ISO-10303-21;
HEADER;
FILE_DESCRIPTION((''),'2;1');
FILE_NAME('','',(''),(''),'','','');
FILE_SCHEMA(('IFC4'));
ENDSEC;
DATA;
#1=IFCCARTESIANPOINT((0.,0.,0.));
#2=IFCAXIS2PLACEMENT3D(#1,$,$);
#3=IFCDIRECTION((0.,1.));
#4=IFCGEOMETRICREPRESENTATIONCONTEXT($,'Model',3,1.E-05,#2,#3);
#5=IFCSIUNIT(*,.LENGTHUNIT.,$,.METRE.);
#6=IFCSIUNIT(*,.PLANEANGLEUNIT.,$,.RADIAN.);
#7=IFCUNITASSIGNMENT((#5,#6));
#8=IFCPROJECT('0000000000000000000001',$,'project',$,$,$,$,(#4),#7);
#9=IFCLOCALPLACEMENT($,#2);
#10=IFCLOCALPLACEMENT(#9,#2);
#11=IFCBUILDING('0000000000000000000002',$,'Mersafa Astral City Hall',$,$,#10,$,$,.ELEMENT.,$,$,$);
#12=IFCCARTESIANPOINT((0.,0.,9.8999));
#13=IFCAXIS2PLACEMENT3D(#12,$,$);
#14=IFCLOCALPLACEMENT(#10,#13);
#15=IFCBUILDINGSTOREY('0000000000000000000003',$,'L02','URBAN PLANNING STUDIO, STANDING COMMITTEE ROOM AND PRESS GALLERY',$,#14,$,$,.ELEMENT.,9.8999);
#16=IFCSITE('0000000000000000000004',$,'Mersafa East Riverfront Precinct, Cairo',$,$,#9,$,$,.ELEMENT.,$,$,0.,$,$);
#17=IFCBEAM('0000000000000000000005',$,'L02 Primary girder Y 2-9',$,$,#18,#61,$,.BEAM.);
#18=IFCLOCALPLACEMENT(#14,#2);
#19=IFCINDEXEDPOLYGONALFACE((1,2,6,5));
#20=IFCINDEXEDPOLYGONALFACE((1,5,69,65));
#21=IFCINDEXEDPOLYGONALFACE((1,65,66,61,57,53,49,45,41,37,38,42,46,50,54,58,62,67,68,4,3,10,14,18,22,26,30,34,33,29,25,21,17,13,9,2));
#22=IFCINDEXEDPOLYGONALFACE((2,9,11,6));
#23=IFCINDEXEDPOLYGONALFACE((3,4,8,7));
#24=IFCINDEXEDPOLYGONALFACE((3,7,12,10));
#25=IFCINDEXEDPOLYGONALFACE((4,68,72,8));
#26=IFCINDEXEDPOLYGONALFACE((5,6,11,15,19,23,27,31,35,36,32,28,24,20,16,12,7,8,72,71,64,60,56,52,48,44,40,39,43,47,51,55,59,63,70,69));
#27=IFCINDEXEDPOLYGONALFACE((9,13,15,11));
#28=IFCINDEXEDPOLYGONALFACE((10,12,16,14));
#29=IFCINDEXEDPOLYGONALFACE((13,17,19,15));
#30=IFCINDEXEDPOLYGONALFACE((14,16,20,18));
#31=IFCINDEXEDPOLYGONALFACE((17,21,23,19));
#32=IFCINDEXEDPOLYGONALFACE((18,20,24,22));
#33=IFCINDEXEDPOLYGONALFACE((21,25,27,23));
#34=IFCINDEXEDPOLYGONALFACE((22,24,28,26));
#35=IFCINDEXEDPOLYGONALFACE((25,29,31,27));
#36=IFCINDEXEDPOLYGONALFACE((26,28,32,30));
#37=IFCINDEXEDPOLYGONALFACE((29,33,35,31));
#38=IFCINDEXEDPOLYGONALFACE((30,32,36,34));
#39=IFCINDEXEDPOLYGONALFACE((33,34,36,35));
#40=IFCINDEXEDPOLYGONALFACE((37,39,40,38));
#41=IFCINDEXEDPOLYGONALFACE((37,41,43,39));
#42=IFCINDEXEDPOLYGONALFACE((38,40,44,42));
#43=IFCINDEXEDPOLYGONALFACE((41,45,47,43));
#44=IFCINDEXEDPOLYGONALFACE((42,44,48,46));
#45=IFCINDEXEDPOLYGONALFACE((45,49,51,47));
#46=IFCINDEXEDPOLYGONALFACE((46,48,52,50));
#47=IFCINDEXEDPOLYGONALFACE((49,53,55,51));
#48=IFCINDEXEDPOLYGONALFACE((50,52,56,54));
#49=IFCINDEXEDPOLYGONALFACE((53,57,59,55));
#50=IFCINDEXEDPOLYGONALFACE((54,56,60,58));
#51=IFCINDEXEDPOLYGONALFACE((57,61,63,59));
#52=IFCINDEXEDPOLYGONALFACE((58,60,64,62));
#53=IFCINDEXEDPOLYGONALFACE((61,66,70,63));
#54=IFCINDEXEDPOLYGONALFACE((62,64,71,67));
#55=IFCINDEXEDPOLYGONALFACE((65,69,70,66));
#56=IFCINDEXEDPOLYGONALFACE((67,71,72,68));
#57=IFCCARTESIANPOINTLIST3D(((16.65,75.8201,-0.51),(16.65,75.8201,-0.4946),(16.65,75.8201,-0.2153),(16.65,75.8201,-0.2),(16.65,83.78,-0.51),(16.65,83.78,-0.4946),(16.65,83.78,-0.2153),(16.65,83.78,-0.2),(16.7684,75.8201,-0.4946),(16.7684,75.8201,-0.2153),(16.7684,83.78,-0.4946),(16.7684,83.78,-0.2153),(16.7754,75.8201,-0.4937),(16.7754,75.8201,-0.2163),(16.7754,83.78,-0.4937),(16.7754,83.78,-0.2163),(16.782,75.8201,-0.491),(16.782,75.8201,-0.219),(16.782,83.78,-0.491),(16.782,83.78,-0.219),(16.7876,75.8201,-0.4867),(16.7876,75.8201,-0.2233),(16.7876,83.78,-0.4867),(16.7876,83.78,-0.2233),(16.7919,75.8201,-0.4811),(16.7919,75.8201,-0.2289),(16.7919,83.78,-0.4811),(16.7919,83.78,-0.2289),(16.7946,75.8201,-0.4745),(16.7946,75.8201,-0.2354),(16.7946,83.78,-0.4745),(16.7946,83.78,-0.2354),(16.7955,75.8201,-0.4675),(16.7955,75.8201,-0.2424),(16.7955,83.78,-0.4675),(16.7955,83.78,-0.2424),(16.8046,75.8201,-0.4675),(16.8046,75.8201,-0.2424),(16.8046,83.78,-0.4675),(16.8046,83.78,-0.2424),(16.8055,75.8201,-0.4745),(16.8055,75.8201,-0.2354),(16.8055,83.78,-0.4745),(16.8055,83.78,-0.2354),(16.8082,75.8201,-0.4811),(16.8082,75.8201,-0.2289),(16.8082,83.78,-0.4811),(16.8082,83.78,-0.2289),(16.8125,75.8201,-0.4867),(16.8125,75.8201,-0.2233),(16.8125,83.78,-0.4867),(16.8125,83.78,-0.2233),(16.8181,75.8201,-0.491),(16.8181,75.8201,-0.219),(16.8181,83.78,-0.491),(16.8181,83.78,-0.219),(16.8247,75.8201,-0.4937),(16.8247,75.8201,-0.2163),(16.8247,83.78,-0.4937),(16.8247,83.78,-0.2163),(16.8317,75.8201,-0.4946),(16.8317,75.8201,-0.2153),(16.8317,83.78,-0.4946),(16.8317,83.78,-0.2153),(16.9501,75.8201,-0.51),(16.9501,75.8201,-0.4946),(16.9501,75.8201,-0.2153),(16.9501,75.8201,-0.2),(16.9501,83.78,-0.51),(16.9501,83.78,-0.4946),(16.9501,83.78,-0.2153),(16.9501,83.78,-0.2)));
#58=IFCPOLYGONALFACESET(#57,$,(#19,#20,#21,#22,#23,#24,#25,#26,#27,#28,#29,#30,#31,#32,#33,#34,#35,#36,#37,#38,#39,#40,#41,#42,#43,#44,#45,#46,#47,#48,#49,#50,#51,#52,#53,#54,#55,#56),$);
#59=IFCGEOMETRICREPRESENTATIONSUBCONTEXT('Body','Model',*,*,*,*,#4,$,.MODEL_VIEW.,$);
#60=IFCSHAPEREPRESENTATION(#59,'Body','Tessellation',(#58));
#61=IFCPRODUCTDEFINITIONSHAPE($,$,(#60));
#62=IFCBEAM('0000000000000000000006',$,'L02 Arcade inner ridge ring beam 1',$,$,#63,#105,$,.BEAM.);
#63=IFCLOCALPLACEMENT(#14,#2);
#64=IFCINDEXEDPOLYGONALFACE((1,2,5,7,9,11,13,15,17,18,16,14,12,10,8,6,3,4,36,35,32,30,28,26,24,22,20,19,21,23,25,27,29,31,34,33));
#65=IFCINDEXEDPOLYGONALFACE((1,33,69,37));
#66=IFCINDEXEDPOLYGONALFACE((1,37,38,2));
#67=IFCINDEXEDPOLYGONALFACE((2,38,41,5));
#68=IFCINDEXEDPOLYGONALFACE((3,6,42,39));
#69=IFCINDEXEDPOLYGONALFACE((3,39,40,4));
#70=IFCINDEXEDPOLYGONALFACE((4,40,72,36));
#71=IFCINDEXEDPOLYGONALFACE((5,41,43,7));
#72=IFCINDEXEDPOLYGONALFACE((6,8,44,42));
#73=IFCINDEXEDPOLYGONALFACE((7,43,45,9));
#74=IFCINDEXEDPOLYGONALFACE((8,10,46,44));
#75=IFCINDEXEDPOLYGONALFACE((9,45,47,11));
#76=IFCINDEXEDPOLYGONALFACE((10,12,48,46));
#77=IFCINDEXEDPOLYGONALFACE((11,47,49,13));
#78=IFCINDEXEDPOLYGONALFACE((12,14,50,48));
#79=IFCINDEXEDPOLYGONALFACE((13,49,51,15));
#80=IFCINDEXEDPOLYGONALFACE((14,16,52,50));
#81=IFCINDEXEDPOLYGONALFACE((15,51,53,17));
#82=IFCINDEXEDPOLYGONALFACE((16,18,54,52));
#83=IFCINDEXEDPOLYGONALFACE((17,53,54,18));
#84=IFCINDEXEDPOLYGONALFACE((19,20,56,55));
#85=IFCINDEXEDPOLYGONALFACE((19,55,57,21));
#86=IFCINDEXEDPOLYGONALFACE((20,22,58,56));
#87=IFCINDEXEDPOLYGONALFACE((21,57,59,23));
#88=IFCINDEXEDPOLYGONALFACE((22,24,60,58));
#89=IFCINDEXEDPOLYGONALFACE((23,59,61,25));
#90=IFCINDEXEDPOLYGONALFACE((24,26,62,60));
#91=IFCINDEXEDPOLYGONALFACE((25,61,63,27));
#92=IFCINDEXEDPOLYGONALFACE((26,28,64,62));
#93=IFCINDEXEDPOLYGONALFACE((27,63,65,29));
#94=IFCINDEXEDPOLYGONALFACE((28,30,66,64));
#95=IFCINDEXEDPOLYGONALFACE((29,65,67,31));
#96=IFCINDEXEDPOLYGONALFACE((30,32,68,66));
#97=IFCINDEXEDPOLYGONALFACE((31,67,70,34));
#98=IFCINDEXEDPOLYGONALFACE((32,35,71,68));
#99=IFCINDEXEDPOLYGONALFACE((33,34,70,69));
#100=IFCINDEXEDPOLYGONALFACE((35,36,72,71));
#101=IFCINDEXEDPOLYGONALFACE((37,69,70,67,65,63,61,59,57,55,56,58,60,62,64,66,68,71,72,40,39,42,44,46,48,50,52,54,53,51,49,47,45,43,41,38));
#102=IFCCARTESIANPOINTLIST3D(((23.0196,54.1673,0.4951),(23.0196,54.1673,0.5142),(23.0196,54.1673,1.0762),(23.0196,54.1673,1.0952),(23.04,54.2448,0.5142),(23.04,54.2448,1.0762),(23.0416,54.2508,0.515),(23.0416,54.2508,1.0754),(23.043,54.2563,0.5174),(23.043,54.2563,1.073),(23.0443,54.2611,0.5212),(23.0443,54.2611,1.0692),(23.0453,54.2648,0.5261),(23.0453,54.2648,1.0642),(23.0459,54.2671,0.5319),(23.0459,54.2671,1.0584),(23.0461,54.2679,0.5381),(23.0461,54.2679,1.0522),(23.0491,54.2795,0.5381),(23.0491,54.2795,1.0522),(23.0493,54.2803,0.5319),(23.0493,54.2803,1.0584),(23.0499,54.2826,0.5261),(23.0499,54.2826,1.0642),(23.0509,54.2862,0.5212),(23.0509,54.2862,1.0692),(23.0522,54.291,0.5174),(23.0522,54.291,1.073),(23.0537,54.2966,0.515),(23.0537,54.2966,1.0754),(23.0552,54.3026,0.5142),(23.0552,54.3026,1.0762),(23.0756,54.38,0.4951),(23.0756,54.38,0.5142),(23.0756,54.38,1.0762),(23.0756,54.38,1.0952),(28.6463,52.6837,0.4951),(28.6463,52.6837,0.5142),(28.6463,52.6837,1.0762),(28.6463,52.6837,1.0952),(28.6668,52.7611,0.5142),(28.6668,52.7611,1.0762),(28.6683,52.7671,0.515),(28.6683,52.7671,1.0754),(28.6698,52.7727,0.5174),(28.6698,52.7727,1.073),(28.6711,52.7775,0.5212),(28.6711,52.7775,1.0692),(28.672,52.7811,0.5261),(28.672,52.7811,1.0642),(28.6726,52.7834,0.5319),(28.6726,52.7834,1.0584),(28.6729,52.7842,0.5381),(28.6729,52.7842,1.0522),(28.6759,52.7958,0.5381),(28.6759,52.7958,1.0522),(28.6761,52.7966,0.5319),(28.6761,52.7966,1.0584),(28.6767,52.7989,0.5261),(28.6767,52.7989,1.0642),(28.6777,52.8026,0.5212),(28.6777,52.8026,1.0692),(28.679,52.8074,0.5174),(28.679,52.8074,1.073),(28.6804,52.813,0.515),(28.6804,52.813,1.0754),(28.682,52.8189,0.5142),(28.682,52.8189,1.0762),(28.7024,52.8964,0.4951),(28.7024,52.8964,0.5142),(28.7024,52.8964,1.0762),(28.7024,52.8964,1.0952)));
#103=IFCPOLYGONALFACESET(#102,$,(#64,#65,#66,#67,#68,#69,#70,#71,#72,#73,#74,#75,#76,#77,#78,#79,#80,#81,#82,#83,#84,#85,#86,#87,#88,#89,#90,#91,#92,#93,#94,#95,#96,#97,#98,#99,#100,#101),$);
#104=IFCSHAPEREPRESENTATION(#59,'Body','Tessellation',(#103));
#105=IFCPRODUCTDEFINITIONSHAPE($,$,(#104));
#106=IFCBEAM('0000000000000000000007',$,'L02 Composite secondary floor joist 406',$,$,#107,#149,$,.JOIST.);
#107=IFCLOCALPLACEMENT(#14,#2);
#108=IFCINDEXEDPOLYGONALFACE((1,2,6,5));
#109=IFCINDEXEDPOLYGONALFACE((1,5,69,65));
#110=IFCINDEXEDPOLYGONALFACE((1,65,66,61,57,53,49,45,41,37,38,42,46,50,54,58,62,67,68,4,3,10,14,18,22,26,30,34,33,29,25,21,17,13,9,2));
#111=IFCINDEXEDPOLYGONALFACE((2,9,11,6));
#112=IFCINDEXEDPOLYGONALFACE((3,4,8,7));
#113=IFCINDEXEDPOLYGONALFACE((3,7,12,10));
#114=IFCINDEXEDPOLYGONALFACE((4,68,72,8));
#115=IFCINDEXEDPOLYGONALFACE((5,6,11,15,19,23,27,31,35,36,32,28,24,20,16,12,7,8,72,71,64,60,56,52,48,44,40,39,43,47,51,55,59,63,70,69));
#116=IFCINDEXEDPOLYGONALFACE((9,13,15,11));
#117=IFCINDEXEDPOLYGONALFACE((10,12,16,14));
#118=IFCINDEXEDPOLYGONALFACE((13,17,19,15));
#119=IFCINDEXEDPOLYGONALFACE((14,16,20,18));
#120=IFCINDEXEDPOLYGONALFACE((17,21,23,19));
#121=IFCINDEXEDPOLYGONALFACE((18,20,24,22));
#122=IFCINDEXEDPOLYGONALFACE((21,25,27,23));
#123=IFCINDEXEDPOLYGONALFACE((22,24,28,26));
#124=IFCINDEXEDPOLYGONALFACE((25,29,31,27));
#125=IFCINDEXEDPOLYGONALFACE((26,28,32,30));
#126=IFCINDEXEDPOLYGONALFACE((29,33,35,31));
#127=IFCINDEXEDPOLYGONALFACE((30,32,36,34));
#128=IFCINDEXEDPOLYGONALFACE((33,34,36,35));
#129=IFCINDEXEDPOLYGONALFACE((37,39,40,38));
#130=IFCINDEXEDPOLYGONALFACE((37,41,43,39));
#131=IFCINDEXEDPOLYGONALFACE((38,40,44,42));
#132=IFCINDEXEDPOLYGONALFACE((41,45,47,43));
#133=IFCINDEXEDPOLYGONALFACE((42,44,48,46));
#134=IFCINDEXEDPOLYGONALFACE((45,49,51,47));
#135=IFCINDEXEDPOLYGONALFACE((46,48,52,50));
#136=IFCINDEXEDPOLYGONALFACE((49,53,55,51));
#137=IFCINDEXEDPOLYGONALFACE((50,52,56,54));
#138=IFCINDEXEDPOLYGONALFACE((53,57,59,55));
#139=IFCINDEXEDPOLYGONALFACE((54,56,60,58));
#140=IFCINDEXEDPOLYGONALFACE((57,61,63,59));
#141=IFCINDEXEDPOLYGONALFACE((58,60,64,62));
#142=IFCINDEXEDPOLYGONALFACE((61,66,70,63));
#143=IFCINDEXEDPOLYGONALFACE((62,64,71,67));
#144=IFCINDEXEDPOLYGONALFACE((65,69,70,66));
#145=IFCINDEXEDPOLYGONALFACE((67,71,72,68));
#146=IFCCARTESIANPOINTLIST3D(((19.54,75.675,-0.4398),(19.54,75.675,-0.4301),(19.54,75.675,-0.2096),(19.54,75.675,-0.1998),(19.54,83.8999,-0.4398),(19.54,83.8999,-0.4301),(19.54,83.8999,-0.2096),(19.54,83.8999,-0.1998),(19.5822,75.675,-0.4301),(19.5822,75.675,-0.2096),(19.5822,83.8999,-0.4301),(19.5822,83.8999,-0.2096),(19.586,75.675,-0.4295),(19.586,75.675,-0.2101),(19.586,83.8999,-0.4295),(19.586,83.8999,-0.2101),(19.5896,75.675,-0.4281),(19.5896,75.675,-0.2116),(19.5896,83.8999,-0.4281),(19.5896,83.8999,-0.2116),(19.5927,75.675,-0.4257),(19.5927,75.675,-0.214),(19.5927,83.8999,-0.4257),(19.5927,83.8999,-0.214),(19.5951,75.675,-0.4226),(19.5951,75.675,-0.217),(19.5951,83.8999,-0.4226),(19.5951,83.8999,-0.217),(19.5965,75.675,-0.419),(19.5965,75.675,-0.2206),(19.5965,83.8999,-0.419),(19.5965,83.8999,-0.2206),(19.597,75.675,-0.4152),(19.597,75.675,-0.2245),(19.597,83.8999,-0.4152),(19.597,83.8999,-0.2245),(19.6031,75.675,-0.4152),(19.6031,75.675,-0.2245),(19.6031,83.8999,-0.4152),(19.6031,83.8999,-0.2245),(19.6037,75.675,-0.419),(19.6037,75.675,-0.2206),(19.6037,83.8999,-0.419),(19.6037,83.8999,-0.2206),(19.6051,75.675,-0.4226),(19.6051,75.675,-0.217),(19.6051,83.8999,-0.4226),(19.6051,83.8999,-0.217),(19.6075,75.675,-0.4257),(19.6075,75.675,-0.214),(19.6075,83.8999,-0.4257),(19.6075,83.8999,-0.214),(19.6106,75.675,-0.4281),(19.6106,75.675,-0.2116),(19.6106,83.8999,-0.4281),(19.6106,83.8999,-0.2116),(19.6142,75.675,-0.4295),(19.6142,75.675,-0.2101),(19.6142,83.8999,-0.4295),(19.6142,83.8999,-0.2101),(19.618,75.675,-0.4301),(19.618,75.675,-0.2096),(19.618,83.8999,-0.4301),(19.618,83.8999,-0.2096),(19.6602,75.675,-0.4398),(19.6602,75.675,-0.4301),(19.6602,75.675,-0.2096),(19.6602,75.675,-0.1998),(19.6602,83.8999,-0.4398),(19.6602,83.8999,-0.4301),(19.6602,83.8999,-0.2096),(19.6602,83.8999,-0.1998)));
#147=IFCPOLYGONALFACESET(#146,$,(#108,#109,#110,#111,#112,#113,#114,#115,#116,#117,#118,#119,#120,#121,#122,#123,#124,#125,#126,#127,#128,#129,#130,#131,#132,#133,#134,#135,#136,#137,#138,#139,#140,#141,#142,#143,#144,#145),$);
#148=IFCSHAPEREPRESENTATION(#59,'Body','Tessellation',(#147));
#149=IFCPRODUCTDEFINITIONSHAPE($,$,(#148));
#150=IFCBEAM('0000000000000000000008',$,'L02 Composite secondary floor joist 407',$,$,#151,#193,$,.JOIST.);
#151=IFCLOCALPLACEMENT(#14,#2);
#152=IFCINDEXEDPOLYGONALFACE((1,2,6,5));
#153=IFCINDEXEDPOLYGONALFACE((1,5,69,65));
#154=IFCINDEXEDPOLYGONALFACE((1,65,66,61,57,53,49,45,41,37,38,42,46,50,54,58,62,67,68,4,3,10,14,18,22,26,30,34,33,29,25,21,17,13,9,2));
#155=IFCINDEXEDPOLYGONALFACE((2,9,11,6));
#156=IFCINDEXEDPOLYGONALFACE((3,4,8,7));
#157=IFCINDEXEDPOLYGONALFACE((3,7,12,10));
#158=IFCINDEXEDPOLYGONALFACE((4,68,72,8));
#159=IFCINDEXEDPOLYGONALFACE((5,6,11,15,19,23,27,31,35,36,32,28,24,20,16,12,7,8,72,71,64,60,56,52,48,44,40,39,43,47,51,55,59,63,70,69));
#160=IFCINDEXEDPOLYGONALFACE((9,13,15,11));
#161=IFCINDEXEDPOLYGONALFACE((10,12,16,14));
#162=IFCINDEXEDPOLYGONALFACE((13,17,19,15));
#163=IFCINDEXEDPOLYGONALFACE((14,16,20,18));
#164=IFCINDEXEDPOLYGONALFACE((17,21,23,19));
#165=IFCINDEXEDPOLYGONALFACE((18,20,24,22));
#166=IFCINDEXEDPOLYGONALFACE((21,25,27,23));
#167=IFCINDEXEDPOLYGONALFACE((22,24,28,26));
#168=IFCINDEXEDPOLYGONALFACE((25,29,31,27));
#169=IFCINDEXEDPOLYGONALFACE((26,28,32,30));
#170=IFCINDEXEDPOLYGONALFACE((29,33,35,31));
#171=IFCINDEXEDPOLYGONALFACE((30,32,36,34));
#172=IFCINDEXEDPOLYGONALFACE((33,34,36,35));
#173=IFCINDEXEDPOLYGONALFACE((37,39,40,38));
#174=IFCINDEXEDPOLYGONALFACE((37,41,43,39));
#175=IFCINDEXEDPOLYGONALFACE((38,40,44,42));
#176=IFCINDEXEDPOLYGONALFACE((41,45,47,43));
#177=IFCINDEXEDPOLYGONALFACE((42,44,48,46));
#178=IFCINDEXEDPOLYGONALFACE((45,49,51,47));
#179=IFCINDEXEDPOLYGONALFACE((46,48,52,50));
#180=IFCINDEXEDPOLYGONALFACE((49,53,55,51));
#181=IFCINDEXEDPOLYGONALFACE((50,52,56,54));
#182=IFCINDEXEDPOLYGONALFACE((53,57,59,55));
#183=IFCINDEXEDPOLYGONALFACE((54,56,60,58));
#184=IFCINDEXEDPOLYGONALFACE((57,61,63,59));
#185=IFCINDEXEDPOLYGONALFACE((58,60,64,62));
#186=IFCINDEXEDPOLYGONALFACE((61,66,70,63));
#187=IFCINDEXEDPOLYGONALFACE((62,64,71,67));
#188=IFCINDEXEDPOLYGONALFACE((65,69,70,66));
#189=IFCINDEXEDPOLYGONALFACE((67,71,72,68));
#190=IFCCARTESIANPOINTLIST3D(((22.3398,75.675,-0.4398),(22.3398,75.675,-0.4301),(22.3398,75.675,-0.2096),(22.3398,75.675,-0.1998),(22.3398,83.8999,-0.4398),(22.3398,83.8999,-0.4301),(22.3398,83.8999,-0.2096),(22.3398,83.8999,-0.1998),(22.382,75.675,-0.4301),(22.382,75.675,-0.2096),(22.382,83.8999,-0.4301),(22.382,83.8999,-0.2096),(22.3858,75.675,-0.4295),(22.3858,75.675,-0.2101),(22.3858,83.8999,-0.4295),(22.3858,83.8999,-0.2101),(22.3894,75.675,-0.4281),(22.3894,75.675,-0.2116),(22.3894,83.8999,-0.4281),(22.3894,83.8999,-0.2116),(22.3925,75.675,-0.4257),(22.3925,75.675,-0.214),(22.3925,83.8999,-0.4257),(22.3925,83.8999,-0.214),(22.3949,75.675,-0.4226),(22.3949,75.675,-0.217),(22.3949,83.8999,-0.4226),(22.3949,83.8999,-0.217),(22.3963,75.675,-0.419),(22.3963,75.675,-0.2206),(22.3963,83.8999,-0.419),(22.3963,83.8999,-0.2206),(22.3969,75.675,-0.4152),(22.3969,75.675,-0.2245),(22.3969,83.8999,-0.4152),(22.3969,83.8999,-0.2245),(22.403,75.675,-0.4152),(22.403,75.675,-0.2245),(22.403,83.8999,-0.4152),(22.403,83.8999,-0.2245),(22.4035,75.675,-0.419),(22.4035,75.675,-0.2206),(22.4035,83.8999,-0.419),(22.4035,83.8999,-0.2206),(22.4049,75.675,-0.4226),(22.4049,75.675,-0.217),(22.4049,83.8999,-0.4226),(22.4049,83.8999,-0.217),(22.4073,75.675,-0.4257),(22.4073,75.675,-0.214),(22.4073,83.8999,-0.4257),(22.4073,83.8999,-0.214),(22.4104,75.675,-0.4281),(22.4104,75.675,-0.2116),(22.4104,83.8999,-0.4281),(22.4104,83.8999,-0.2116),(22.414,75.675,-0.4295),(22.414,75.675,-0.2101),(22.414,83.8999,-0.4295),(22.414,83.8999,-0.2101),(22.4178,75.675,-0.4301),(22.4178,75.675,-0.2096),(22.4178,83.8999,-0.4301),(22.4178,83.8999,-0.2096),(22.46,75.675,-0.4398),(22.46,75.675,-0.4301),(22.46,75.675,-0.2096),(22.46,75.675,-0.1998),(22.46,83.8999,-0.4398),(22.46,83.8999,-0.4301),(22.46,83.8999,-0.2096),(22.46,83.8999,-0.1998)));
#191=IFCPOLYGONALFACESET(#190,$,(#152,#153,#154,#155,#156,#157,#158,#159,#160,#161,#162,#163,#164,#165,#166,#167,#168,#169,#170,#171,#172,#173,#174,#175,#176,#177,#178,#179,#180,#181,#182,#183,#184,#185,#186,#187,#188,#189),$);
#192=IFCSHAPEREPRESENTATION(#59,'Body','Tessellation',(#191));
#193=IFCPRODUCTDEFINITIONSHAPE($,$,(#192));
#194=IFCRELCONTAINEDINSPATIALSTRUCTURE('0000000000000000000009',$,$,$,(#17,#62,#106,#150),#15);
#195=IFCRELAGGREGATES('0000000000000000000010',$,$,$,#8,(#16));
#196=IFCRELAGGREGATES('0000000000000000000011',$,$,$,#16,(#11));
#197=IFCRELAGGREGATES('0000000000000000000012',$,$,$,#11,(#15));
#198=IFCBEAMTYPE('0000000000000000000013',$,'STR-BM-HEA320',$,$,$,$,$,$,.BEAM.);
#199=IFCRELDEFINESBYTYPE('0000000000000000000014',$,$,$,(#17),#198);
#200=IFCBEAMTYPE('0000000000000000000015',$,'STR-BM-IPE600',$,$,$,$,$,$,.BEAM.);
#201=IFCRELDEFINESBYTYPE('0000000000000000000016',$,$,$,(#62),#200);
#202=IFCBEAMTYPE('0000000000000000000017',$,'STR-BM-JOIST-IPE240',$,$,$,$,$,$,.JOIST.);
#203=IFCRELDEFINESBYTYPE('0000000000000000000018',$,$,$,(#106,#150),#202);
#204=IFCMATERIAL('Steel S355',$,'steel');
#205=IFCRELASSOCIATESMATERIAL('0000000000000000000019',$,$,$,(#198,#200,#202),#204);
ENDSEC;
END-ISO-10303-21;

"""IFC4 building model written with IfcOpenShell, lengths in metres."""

from ifc_helpers import new_model, si_unit, direction, frame, origin, origin_2d, place, context, subcontext, project, spatial, i_section, extrude, material, material_profile, profile_set, type_object, element, save


model = new_model("IFC4")

# Units and contexts
model_context = context("Model", 3, precision=1e-05, world=origin(), true_north=direction((0.0, 1.0)))
body_context = subcontext(model_context, "Body", "Model", "MODEL_VIEW")
ifc_project = project(units=[si_unit("LENGTHUNIT", "METRE"), si_unit("PLANEANGLEUNIT", "RADIAN")], contexts=[model_context])

# Site, building, storey
site_placement = place(None, origin())
site = spatial("IfcSite", under=ifc_project, at=site_placement, Name="Mersafa East Riverfront Precinct, Cairo", CompositionType="ELEMENT", RefElevation=0.0)
building_placement = place(site_placement, origin())
building = spatial("IfcBuilding", under=site, at=building_placement, Name="Mersafa Astral City Hall", CompositionType="ELEMENT")
storey_placement = place(building_placement, frame((0.0, 0.0, 9.8999)))
storey = spatial("IfcBuildingStorey", under=building, at=storey_placement, Name="L02", Description="URBAN PLANNING STUDIO, STANDING COMMITTEE ROOM AND PRESS GALLERY", CompositionType="ELEMENT", Elevation=9.8999)

# Shared definitions
ifc_material_1 = material(Name="Steel S355", Category="steel")

# Beams
ifc_material_profile_1 = material_profile(ifc_material_1, i_section(OverallWidth=0.3, OverallDepth=0.3101, WebThickness=0.009, FlangeThickness=0.0154, FilletRadius=0.0271, at=origin_2d()), Name="HEA 320")
ifc_profile_set_1 = profile_set([ifc_material_profile_1], Name="Steel S355")
beam_type_1 = type_object("IfcBeamType", Name="STR-BM-HEA320", PredefinedType="BEAM", material=ifc_profile_set_1)
beam_1_placement = place(storey_placement, frame((16.8, 75.8201, -0.355), z_axis=(0.0, 1.0, 0.0), x_axis=(-1.0, 0.0, 0.0)))
element("IfcBeam", 1, at=beam_1_placement, inside=storey, type_object=beam_type_1, Name="L02 Primary girder Y 2-9", PredefinedType="BEAM", context=body_context, shape_type="SweptSolid", body=[
    extrude(i_section(OverallWidth=0.3, OverallDepth=0.3101, WebThickness=0.009, FlangeThickness=0.0154, FilletRadius=0.0271, at=origin_2d()), origin(), (0.0, 0.0, 1.0), 7.96),
])
ifc_material_profile_2 = material_profile(ifc_material_1, i_section(OverallWidth=0.22, OverallDepth=0.6001, WebThickness=0.012, FlangeThickness=0.019, FilletRadius=0.0239, at=origin_2d()), Name="IPE 600")
ifc_profile_set_2 = profile_set([ifc_material_profile_2], Name="Steel S355")
beam_type_2 = type_object("IfcBeamType", Name="STR-BM-IPE600", PredefinedType="BEAM", material=ifc_profile_set_2)
beam_2_placement = place(storey_placement, frame((23.0476, 54.2737, 0.7952), z_axis=(0.966951, -0.254964, 0.0), x_axis=(0.254964, 0.966951, 0.0)))
element("IfcBeam", 2, at=beam_2_placement, inside=storey, type_object=beam_type_2, Name="L02 Arcade inner ridge ring beam 1", PredefinedType="BEAM", context=body_context, shape_type="SweptSolid", body=[
    extrude(i_section(OverallWidth=0.22, OverallDepth=0.6001, WebThickness=0.012, FlangeThickness=0.019, FilletRadius=0.0239, at=origin_2d()), origin(), (0.0, 0.0, 1.0), 5.8191),
])
ifc_material_profile_3 = material_profile(ifc_material_1, i_section(OverallWidth=0.1201, OverallDepth=0.24, WebThickness=0.0061, FlangeThickness=0.0098, FilletRadius=0.0149, at=origin_2d()), Name="IPE 240")
ifc_profile_set_3 = profile_set([ifc_material_profile_3], Name="Steel S355")
beam_type_3 = type_object("IfcBeamType", Name="STR-BM-JOIST-IPE240", PredefinedType="JOIST", material=ifc_profile_set_3)
for number, where, z_axis, x_axis, name in (
    (3, (19.6001, 75.675, -0.3198), (0.0, 1.0, 0.0), (-1.0, 0.0, 0.0), "L02 Composite secondary floor joist 406"),
    (4, (22.3999, 75.675, -0.3198), (0.0, 1.0, 0.0), (-1.0, 0.0, 0.0), "L02 Composite secondary floor joist 407"),
):
    element("IfcBeam", number, at=place(storey_placement, frame(where, z_axis=z_axis, x_axis=x_axis)), inside=storey, type_object=beam_type_3, Name=name, PredefinedType="JOIST", context=body_context, shape_type="SweptSolid", body=[
        extrude(i_section(OverallWidth=0.1201, OverallDepth=0.24, WebThickness=0.0061, FlangeThickness=0.0098, FilletRadius=0.0149, at=origin_2d()), origin(), (0.0, 0.0, 1.0), 8.2249),
    ])

save(model, "model.ifc")
